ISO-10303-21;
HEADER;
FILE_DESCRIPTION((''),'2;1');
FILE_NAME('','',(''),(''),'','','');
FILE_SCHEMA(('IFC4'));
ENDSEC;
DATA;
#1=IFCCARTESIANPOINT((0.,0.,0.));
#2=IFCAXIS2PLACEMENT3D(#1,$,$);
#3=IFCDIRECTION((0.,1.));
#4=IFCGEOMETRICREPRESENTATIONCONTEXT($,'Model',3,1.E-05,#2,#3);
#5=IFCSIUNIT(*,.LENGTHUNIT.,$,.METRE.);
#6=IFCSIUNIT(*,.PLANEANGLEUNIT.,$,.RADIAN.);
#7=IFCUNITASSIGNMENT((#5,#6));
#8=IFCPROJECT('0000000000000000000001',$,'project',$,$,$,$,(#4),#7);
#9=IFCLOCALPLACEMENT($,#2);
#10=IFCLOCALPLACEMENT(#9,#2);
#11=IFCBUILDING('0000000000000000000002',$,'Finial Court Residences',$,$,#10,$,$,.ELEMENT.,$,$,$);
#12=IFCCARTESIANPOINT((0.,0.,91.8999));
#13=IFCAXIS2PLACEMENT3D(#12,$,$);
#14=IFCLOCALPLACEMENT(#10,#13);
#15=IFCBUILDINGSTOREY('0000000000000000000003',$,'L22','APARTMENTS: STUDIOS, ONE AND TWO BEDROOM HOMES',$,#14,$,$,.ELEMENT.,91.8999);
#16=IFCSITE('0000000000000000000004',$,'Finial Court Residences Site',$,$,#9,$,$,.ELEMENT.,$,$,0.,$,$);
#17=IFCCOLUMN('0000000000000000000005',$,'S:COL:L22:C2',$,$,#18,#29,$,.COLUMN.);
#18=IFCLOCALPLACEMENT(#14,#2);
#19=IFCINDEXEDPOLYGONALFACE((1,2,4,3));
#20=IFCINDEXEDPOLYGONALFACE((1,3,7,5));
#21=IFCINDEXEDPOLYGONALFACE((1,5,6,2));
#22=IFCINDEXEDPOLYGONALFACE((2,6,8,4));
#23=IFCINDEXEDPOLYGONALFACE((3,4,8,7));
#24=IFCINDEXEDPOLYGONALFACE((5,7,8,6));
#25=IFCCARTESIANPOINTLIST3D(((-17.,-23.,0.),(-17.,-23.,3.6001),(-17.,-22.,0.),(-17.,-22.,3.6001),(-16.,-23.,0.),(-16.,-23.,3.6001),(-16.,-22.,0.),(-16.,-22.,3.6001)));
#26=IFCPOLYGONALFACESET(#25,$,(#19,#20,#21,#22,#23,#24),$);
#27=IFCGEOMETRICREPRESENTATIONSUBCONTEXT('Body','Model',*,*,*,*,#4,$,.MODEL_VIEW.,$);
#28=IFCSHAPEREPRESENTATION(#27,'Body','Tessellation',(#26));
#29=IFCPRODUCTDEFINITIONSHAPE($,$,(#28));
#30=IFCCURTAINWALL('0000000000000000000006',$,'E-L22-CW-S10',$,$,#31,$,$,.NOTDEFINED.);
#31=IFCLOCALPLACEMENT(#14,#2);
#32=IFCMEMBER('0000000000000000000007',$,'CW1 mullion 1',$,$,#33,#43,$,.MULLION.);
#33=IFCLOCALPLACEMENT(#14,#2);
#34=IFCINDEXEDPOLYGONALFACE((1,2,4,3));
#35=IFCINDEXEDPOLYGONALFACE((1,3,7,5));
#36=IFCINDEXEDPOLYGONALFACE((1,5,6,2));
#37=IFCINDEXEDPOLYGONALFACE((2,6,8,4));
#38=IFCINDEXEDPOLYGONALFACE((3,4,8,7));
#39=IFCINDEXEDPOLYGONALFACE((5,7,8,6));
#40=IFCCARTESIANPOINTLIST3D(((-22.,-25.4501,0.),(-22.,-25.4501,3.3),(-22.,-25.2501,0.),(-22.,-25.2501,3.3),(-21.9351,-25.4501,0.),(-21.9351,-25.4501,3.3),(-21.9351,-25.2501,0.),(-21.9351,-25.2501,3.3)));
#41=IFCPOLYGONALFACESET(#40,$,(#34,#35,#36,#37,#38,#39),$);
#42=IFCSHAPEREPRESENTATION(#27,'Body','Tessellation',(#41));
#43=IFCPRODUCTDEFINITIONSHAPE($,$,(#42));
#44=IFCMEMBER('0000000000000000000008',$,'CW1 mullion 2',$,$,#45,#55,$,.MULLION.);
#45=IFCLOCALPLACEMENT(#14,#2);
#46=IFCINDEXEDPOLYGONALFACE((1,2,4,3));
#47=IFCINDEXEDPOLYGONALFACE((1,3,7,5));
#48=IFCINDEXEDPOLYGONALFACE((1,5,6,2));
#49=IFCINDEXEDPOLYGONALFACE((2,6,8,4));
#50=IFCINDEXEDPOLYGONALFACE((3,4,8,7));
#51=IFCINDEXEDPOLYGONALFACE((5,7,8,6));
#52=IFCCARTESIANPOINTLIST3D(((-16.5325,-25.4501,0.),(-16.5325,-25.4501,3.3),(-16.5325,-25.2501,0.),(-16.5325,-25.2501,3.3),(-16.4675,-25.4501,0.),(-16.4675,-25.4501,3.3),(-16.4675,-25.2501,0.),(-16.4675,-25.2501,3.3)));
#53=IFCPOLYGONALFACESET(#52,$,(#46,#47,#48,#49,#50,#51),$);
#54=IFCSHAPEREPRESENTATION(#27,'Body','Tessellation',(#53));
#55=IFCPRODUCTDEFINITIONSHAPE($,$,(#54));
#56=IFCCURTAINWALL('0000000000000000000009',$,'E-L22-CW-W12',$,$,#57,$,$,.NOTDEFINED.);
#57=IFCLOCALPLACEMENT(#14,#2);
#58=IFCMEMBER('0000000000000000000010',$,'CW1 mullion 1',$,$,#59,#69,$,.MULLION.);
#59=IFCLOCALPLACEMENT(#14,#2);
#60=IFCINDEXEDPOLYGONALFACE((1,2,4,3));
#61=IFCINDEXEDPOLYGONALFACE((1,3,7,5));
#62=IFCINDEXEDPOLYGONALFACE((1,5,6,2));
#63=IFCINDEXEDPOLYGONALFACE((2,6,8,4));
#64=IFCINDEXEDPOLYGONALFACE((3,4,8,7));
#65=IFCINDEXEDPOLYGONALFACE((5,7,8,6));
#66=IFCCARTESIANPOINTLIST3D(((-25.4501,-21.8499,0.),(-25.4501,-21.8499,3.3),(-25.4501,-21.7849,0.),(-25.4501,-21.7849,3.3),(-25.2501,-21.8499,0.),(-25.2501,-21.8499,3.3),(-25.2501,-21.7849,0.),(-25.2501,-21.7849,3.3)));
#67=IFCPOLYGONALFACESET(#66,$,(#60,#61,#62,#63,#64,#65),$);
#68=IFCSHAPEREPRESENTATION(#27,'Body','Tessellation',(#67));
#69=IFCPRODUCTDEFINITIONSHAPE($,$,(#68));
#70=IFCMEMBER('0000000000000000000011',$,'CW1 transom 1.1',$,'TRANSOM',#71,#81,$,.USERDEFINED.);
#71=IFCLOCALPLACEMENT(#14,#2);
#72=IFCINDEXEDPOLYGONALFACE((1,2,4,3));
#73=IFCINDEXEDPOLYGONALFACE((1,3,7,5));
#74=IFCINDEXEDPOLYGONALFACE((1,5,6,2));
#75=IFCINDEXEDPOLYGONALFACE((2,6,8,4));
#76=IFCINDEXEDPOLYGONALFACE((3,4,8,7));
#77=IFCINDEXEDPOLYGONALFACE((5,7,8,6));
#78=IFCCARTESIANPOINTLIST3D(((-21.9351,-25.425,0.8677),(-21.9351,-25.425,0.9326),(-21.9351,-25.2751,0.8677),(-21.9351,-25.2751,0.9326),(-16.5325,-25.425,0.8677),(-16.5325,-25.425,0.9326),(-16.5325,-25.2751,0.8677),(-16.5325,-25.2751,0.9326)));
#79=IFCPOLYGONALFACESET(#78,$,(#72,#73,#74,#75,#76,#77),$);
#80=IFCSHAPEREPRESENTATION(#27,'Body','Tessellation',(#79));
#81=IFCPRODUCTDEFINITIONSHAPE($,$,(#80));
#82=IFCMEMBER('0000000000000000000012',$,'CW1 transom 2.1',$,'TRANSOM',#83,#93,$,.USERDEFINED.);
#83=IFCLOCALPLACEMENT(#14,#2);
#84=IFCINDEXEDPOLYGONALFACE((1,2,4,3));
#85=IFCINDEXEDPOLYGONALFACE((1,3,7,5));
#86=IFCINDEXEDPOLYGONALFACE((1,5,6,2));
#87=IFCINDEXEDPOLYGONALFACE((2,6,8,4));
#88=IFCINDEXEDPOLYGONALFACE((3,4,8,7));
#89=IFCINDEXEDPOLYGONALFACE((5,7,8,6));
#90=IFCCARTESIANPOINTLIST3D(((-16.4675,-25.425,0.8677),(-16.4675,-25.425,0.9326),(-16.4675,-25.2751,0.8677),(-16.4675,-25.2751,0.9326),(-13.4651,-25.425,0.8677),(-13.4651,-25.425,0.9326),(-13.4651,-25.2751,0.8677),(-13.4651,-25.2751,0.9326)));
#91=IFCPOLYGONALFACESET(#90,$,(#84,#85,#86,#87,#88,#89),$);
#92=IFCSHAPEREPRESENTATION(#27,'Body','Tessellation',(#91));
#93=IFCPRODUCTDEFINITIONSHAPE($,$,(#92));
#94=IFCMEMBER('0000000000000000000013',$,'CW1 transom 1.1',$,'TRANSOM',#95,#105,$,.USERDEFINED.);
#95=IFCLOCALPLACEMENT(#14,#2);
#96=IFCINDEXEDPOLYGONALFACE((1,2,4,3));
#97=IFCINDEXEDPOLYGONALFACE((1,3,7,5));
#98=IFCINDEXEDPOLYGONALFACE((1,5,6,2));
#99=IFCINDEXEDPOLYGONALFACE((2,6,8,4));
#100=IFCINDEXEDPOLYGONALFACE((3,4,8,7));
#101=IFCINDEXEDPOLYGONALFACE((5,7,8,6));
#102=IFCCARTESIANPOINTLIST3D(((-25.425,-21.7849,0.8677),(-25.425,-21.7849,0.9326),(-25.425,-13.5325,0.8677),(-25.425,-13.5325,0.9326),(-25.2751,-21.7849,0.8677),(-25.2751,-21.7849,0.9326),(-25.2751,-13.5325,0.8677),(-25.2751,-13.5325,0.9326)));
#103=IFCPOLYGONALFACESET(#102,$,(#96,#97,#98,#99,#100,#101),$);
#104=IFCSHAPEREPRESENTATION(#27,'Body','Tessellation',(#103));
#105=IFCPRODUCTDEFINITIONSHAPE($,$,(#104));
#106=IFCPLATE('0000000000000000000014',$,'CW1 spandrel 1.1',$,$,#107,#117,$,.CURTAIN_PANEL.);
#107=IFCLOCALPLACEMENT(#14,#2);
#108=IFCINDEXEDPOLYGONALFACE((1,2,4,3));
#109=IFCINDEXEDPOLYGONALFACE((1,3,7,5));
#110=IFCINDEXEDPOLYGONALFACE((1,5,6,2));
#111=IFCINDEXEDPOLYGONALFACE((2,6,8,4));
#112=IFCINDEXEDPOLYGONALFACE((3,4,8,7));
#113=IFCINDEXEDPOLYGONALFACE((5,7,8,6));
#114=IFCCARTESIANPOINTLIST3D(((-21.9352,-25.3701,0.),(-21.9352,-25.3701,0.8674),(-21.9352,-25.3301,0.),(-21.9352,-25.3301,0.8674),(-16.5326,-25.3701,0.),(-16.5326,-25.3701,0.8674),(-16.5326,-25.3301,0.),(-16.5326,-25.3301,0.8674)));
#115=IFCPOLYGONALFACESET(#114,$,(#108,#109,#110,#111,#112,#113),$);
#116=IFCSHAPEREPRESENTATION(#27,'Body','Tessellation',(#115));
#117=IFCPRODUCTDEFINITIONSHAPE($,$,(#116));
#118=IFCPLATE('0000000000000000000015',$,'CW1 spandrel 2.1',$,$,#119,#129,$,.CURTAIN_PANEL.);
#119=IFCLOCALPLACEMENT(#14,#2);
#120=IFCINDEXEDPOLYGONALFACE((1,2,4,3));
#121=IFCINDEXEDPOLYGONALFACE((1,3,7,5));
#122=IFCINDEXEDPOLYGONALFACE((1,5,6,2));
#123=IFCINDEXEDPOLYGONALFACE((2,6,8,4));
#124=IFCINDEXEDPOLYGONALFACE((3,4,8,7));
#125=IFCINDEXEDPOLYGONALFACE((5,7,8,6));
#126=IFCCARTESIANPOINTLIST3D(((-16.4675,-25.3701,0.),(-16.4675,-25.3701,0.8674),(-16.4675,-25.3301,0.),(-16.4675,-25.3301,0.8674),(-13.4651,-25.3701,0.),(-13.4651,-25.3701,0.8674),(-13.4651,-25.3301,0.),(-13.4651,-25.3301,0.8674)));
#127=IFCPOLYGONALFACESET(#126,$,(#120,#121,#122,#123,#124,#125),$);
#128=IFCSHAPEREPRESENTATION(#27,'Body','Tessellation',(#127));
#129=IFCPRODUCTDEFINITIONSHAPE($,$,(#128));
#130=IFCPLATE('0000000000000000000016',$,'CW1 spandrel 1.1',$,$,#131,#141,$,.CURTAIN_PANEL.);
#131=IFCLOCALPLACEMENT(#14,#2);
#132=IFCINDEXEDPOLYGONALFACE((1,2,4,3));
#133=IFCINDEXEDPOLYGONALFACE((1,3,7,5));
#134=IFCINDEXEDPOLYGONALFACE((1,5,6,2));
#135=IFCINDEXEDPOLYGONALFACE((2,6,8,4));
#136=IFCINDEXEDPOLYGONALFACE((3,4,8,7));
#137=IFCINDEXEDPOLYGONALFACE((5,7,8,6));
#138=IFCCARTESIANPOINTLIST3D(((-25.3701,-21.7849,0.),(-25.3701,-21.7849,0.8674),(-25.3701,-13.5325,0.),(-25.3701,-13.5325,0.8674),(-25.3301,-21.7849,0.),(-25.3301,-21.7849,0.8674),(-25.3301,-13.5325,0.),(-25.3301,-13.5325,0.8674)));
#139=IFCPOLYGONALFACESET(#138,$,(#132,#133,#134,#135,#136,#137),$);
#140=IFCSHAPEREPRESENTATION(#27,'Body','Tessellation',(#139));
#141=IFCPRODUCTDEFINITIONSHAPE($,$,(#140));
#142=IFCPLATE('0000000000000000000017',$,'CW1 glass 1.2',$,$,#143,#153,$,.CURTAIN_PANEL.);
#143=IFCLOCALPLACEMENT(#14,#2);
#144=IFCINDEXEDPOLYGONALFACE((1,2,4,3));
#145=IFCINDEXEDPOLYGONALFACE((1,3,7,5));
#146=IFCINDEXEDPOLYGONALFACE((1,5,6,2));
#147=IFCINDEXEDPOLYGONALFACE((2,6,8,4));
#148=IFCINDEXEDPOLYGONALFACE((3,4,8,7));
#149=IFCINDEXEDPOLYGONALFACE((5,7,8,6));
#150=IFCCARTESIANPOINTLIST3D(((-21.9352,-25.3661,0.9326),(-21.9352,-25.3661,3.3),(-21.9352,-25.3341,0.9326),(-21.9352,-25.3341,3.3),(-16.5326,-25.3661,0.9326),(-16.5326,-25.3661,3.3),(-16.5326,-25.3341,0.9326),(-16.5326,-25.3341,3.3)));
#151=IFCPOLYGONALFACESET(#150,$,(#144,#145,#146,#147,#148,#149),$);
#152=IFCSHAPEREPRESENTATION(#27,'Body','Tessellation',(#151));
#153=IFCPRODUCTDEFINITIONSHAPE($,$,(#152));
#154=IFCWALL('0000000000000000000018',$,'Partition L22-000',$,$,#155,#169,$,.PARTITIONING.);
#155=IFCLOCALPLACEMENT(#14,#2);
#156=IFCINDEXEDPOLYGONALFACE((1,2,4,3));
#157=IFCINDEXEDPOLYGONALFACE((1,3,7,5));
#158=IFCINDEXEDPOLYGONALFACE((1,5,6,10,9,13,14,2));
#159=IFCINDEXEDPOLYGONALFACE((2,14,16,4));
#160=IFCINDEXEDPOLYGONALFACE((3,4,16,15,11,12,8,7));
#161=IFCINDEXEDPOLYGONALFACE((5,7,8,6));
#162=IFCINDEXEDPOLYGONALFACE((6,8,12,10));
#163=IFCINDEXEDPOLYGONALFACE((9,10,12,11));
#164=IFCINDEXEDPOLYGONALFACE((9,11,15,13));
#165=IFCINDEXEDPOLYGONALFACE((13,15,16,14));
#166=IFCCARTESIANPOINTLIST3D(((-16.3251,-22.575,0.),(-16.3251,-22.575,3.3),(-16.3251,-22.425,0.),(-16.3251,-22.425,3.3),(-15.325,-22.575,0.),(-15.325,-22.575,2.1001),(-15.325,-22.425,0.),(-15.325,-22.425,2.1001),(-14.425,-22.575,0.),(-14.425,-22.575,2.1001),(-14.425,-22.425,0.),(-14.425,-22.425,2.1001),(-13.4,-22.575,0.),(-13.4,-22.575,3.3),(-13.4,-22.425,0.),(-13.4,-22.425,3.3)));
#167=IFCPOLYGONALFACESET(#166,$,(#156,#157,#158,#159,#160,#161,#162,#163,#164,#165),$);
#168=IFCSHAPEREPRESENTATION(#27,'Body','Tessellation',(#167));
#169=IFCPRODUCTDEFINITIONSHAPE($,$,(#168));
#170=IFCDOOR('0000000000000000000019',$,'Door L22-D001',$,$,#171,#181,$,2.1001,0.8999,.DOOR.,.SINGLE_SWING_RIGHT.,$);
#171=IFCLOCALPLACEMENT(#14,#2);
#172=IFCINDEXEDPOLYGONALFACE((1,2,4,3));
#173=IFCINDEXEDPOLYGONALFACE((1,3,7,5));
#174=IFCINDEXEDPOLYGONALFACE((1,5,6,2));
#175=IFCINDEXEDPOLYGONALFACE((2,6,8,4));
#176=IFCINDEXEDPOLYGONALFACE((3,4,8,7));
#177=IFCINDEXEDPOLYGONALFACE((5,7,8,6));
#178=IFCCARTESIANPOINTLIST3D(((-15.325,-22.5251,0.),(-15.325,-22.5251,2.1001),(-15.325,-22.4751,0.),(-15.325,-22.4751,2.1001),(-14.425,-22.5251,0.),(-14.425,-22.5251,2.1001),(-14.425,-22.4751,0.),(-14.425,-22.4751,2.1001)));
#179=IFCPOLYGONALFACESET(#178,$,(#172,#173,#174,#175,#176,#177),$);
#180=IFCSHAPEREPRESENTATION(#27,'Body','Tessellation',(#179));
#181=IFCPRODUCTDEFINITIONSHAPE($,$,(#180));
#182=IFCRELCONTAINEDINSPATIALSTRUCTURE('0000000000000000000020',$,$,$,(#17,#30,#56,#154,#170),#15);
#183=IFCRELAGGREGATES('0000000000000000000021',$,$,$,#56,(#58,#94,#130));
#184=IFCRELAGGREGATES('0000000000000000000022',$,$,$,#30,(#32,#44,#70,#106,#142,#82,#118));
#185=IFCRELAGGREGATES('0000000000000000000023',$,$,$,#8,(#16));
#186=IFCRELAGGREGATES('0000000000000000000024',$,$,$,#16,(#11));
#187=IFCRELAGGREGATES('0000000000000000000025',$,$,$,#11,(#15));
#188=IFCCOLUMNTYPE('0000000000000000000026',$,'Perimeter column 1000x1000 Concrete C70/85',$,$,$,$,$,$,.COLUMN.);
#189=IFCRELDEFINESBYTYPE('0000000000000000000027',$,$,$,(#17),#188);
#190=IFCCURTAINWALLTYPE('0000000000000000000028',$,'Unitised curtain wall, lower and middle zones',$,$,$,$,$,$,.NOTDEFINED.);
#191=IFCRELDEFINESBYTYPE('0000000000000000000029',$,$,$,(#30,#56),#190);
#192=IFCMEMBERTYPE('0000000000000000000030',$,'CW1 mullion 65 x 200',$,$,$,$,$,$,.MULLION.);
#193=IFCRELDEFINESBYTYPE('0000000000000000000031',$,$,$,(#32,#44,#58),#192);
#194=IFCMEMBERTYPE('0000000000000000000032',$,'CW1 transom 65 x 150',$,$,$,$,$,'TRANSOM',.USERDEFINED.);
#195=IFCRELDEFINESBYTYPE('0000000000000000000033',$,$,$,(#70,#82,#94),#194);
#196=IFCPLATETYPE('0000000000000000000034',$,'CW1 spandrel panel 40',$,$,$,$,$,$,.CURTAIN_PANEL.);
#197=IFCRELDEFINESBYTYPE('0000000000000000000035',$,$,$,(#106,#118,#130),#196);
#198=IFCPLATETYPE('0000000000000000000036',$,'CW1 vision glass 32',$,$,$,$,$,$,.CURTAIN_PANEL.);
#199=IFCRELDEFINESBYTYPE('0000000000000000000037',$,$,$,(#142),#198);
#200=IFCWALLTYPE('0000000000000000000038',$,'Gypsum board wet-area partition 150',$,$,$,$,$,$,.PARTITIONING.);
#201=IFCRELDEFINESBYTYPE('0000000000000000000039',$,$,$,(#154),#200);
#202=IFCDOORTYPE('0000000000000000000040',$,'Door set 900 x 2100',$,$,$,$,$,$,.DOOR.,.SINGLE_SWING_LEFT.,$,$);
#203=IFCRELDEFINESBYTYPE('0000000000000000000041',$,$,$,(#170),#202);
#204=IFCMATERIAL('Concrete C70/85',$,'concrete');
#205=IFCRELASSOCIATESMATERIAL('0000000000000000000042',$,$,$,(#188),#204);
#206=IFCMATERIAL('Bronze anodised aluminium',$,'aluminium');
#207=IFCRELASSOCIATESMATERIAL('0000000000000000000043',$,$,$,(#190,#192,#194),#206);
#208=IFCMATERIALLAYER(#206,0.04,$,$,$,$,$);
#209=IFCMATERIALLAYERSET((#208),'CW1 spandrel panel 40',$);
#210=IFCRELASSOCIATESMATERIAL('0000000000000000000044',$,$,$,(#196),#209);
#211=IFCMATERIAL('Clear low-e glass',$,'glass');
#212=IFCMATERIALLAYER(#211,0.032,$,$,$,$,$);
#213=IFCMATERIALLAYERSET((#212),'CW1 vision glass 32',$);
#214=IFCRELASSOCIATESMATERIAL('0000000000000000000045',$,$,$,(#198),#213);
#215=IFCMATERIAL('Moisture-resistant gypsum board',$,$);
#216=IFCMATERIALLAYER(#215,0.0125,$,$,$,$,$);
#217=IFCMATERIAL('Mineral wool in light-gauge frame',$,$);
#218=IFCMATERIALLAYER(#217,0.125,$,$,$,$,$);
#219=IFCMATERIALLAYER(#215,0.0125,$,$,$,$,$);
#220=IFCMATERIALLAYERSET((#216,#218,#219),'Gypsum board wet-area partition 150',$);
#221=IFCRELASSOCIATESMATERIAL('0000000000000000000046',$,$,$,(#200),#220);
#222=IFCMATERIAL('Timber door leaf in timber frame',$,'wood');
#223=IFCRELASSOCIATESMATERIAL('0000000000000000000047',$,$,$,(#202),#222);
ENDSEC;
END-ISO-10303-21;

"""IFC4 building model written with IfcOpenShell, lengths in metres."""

from ifc_helpers import new_model, si_unit, direction, frame, frame_2d, origin, origin_2d, place, context, subcontext, project, spatial, rectangle, extrude, material, layer, layer_set, material_profile, profile_set, type_object, element, fill, aggregate, save


model = new_model("IFC4")

# Units and contexts
model_context = context("Model", 3, precision=1e-05, world=origin(), true_north=direction((0.0, 1.0)))
body_context = subcontext(model_context, "Body", "Model", "MODEL_VIEW")
ifc_project = project(units=[si_unit("LENGTHUNIT", "METRE"), si_unit("PLANEANGLEUNIT", "RADIAN")], contexts=[model_context])

# Site, building, storey
site_placement = place(None, origin())
site = spatial("IfcSite", under=ifc_project, at=site_placement, Name="Finial Court Residences Site", CompositionType="ELEMENT", RefElevation=0.0)
building_placement = place(site_placement, origin())
building = spatial("IfcBuilding", under=site, at=building_placement, Name="Finial Court Residences", CompositionType="ELEMENT")
storey_placement = place(building_placement, frame((0.0, 0.0, 91.8999)))
storey = spatial("IfcBuildingStorey", under=building, at=storey_placement, Name="L22", Description="APARTMENTS: STUDIOS, ONE AND TWO BEDROOM HOMES", CompositionType="ELEMENT", Elevation=91.8999)

# Column
ifc_material_1 = material(Name="Concrete C70/85", Category="concrete")
ifc_material_profile_1 = material_profile(ifc_material_1, rectangle(XDim=1.0, YDim=1.0, at=origin_2d()), Name="1000x1000")
ifc_profile_set_1 = profile_set([ifc_material_profile_1], Name="Concrete C70/85")
column_type = type_object("IfcColumnType", Name="Perimeter column 1000x1000 Concrete C70/85", PredefinedType="COLUMN", material=ifc_profile_set_1)
column_placement = place(storey_placement, frame((-16.5, -22.5, 0.0), z_axis=(0.0, 0.0, 1.0), x_axis=(1.0, 0.0, 0.0)))
element("IfcColumn", 1, at=column_placement, inside=storey, type_object=column_type, Name="S:COL:L22:C2", PredefinedType="COLUMN", context=body_context, shape_type="SweptSolid", body=[
    extrude(rectangle(XDim=1.0, YDim=1.0, at=origin_2d()), origin(), (0.0, 0.0, 1.0), 3.6001),
])

# Curtain wall, members
ifc_material_2 = material(Name="Bronze anodised aluminium", Category="aluminium")
curtain_wall_type = type_object("IfcCurtainWallType", Name="Unitised curtain wall, lower and middle zones", PredefinedType="NOTDEFINED", material=ifc_material_2)
curtain_wall_1_placement = place(storey_placement, origin())
curtain_wall_1 = element("IfcCurtainWall", 2, at=curtain_wall_1_placement, inside=storey, type_object=curtain_wall_type, Name="E-L22-CW-S10", PredefinedType="NOTDEFINED")
ifc_material_profile_2 = material_profile(ifc_material_2, rectangle(XDim=0.2, YDim=0.0649, at=origin_2d()), Name="CW1 mullion 65 x 200")
ifc_profile_set_2 = profile_set([ifc_material_profile_2], Name="Bronze anodised aluminium")
member_type_1 = type_object("IfcMemberType", Name="CW1 mullion 65 x 200", PredefinedType="MULLION", material=ifc_profile_set_2)
member_1_placement = place(storey_placement, frame((-21.9675, -25.3501, 0.0), z_axis=(0.0, 0.0, 1.0), x_axis=(0.0, 1.0, 0.0)))
member_1 = element("IfcMember", 3, at=member_1_placement, type_object=member_type_1, Name="CW1 mullion 1", PredefinedType="MULLION", context=body_context, shape_type="SweptSolid", body=[
    extrude(rectangle(XDim=0.2, YDim=0.0649, at=origin_2d()), origin(), (0.0, 0.0, 1.0), 3.3),
])
member_2_placement = place(storey_placement, frame((-16.5, -25.3501, 0.0), z_axis=(0.0, 0.0, 1.0), x_axis=(0.0, 1.0, 0.0)))
member_2 = element("IfcMember", 4, at=member_2_placement, type_object=member_type_1, Name="CW1 mullion 2", PredefinedType="MULLION", context=body_context, shape_type="SweptSolid", body=[
    extrude(rectangle(XDim=0.2, YDim=0.0649, at=origin_2d()), origin(), (0.0, 0.0, 1.0), 3.3),
])

# Curtain wall, member
curtain_wall_2_placement = place(storey_placement, origin())
curtain_wall_2 = element("IfcCurtainWall", 5, at=curtain_wall_2_placement, inside=storey, type_object=curtain_wall_type, Name="E-L22-CW-W12", PredefinedType="NOTDEFINED")
member_3_placement = place(storey_placement, frame((-25.3501, -21.8174, 0.0), z_axis=(0.0, 0.0, 1.0), x_axis=(-1.0, 0.0, 0.0)))
member_3 = element("IfcMember", 6, at=member_3_placement, type_object=member_type_1, Name="CW1 mullion 1", PredefinedType="MULLION", context=body_context, shape_type="SweptSolid", body=[
    extrude(rectangle(XDim=0.2, YDim=0.0649, at=origin_2d()), origin(), (0.0, 0.0, 1.0), 3.3),
])

# Members
ifc_material_profile_3 = material_profile(ifc_material_2, rectangle(XDim=0.1499, YDim=0.0649, at=origin_2d()), Name="CW1 transom 65 x 150")
ifc_profile_set_3 = profile_set([ifc_material_profile_3], Name="Bronze anodised aluminium")
member_type_2 = type_object("IfcMemberType", Name="CW1 transom 65 x 150", ElementType="TRANSOM", PredefinedType="USERDEFINED", material=ifc_profile_set_3)
member_4_placement = place(storey_placement, frame((-21.9351, -25.3501, 0.9001), z_axis=(1.0, 0.0, 0.0), x_axis=(0.0, 1.0, 0.0)))
member_4 = element("IfcMember", 7, at=member_4_placement, type_object=member_type_2, Name="CW1 transom 1.1", ObjectType="TRANSOM", PredefinedType="USERDEFINED", context=body_context, shape_type="SweptSolid", body=[
    extrude(rectangle(XDim=0.1499, YDim=0.0649, at=origin_2d()), origin(), (0.0, 0.0, 1.0), 5.4026),
])
member_5_placement = place(storey_placement, frame((-16.4675, -25.3501, 0.9001), z_axis=(1.0, 0.0, 0.0), x_axis=(0.0, 1.0, 0.0)))
member_5 = element("IfcMember", 8, at=member_5_placement, type_object=member_type_2, Name="CW1 transom 2.1", ObjectType="TRANSOM", PredefinedType="USERDEFINED", context=body_context, shape_type="SweptSolid", body=[
    extrude(rectangle(XDim=0.1499, YDim=0.0649, at=origin_2d()), origin(), (0.0, 0.0, 1.0), 3.0024),
])
member_6_placement = place(storey_placement, frame((-25.3501, -21.7849, 0.9001), z_axis=(0.0, 1.0, 0.0), x_axis=(-1.0, 0.0, 0.0)))
member_6 = element("IfcMember", 9, at=member_6_placement, type_object=member_type_2, Name="CW1 transom 1.1", ObjectType="TRANSOM", PredefinedType="USERDEFINED", context=body_context, shape_type="SweptSolid", body=[
    extrude(rectangle(XDim=0.1499, YDim=0.0649, at=origin_2d()), origin(), (0.0, 0.0, 1.0), 8.2524),
])

# Plates
ifc_layer_1 = layer(ifc_material_2, 0.04)
ifc_layer_set_1 = layer_set([ifc_layer_1], Name="CW1 spandrel panel 40")
plate_type_1 = type_object("IfcPlateType", Name="CW1 spandrel panel 40", PredefinedType="CURTAIN_PANEL", material=ifc_layer_set_1)
plate_1_placement = place(storey_placement, frame((-19.2339, -25.3501, 0.0), z_axis=(0.0, 0.0, 1.0), x_axis=(1.0, 0.0, 0.0)))
plate_1 = element("IfcPlate", 10, at=plate_1_placement, type_object=plate_type_1, Name="CW1 spandrel 1.1", PredefinedType="CURTAIN_PANEL", context=body_context, shape_type="SweptSolid", body=[
    extrude(rectangle(XDim=5.4026, YDim=0.04, at=origin_2d()), origin(), (0.0, 0.0, 1.0), 0.8674),
])
plate_2_placement = place(storey_placement, frame((-14.9663, -25.3501, 0.0), z_axis=(0.0, 0.0, 1.0), x_axis=(1.0, 0.0, 0.0)))
plate_2 = element("IfcPlate", 11, at=plate_2_placement, type_object=plate_type_1, Name="CW1 spandrel 2.1", PredefinedType="CURTAIN_PANEL", context=body_context, shape_type="SweptSolid", body=[
    extrude(rectangle(XDim=3.0024, YDim=0.04, at=origin_2d()), origin(), (0.0, 0.0, 1.0), 0.8674),
])
plate_3_placement = place(storey_placement, frame((-25.3501, -17.6587, 0.0), z_axis=(0.0, 0.0, 1.0), x_axis=(0.0, 1.0, 0.0)))
plate_3 = element("IfcPlate", 12, at=plate_3_placement, type_object=plate_type_1, Name="CW1 spandrel 1.1", PredefinedType="CURTAIN_PANEL", context=body_context, shape_type="SweptSolid", body=[
    extrude(rectangle(XDim=8.2524, YDim=0.04, at=origin_2d()), origin(), (0.0, 0.0, 1.0), 0.8674),
])
aggregate(curtain_wall_2, [member_3, member_6, plate_3])
ifc_material_3 = material(Name="Clear low-e glass", Category="glass")
ifc_layer_2 = layer(ifc_material_3, 0.032)
ifc_layer_set_2 = layer_set([ifc_layer_2], Name="CW1 vision glass 32")
plate_type_2 = type_object("IfcPlateType", Name="CW1 vision glass 32", PredefinedType="CURTAIN_PANEL", material=ifc_layer_set_2)
plate_4_placement = place(storey_placement, frame((-19.2339, -25.3501, 0.9326), z_axis=(0.0, 0.0, 1.0), x_axis=(1.0, 0.0, 0.0)))
plate_4 = element("IfcPlate", 13, at=plate_4_placement, type_object=plate_type_2, Name="CW1 glass 1.2", PredefinedType="CURTAIN_PANEL", context=body_context, shape_type="SweptSolid", body=[
    extrude(rectangle(XDim=5.4026, YDim=0.032, at=origin_2d()), origin(), (0.0, 0.0, 1.0), 2.3674),
])
aggregate(curtain_wall_1, [member_1, member_2, member_4, plate_1, plate_4, member_5, plate_2])

# Wall, opening, door
ifc_material_4 = material(Name="Moisture-resistant gypsum board")
ifc_layer_3 = layer(ifc_material_4, 0.0125)
ifc_material_5 = material(Name="Mineral wool in light-gauge frame")
ifc_layer_4 = layer(ifc_material_5, 0.125)
ifc_layer_5 = layer(ifc_material_4, 0.0125)
ifc_layer_set_3 = layer_set([ifc_layer_3, ifc_layer_4, ifc_layer_5], Name="Gypsum board wet-area partition 150")
wall_type_1 = type_object("IfcWallType", Name="Gypsum board wet-area partition 150", PredefinedType="PARTITIONING", material=ifc_layer_set_3)
wall_1_placement = place(storey_placement, frame((-16.325, -22.5, 0.0), z_axis=(0.0, 0.0, 1.0), x_axis=(1.0, 0.0, 0.0)))
wall_1 = element("IfcWall", 14, at=wall_1_placement, inside=storey, type_object=wall_type_1, Name="Partition L22-000", PredefinedType="PARTITIONING", context=body_context, shape_type="SweptSolid", body=[
    extrude(rectangle(XDim=2.925, YDim=0.1499, at=frame_2d((1.4624, 0.0))), origin(), (0.0, 0.0, 1.0), 3.3),
])
opening_1_placement = place(wall_1_placement, frame((1.0, 0.0, 0.0)))
opening_1 = element("IfcOpeningElement", 15, at=opening_1_placement, cuts=wall_1, PredefinedType="OPENING", context=body_context, shape_type="SweptSolid", body=[
    extrude(rectangle(XDim=0.8999, YDim=2.1001, at=frame_2d((0.45, 1.05))), frame((0.0, 0.085, 0.0), z_axis=(0.0, -1.0, 0.0), x_axis=(1.0, 0.0, 0.0)), (0.0, 0.0, 1.0), 0.1699),
])
ifc_material_6 = material(Name="Timber door leaf in timber frame", Category="wood")
door_type = type_object("IfcDoorType", Name="Door set 900 x 2100", OperationType="SINGLE_SWING_LEFT", PredefinedType="DOOR", material=ifc_material_6)
door_1_placement = place(opening_1_placement, origin())
door_1 = element("IfcDoor", 16, at=door_1_placement, inside=storey, type_object=door_type, Name="Door L22-D001", OperationType="SINGLE_SWING_RIGHT", OverallHeight=2.1001, OverallWidth=0.8999, PredefinedType="DOOR", context=body_context, shape_type="SweptSolid", body=[
    extrude(rectangle(XDim=0.8999, YDim=2.1001, at=frame_2d((0.45, 1.05))), frame((0.0, 0.0249, 0.0), z_axis=(0.0, -1.0, 0.0), x_axis=(1.0, 0.0, 0.0)), (0.0, 0.0, 1.0), 0.05),
])
fill(opening_1, door_1)

save(model, "model.ifc")
